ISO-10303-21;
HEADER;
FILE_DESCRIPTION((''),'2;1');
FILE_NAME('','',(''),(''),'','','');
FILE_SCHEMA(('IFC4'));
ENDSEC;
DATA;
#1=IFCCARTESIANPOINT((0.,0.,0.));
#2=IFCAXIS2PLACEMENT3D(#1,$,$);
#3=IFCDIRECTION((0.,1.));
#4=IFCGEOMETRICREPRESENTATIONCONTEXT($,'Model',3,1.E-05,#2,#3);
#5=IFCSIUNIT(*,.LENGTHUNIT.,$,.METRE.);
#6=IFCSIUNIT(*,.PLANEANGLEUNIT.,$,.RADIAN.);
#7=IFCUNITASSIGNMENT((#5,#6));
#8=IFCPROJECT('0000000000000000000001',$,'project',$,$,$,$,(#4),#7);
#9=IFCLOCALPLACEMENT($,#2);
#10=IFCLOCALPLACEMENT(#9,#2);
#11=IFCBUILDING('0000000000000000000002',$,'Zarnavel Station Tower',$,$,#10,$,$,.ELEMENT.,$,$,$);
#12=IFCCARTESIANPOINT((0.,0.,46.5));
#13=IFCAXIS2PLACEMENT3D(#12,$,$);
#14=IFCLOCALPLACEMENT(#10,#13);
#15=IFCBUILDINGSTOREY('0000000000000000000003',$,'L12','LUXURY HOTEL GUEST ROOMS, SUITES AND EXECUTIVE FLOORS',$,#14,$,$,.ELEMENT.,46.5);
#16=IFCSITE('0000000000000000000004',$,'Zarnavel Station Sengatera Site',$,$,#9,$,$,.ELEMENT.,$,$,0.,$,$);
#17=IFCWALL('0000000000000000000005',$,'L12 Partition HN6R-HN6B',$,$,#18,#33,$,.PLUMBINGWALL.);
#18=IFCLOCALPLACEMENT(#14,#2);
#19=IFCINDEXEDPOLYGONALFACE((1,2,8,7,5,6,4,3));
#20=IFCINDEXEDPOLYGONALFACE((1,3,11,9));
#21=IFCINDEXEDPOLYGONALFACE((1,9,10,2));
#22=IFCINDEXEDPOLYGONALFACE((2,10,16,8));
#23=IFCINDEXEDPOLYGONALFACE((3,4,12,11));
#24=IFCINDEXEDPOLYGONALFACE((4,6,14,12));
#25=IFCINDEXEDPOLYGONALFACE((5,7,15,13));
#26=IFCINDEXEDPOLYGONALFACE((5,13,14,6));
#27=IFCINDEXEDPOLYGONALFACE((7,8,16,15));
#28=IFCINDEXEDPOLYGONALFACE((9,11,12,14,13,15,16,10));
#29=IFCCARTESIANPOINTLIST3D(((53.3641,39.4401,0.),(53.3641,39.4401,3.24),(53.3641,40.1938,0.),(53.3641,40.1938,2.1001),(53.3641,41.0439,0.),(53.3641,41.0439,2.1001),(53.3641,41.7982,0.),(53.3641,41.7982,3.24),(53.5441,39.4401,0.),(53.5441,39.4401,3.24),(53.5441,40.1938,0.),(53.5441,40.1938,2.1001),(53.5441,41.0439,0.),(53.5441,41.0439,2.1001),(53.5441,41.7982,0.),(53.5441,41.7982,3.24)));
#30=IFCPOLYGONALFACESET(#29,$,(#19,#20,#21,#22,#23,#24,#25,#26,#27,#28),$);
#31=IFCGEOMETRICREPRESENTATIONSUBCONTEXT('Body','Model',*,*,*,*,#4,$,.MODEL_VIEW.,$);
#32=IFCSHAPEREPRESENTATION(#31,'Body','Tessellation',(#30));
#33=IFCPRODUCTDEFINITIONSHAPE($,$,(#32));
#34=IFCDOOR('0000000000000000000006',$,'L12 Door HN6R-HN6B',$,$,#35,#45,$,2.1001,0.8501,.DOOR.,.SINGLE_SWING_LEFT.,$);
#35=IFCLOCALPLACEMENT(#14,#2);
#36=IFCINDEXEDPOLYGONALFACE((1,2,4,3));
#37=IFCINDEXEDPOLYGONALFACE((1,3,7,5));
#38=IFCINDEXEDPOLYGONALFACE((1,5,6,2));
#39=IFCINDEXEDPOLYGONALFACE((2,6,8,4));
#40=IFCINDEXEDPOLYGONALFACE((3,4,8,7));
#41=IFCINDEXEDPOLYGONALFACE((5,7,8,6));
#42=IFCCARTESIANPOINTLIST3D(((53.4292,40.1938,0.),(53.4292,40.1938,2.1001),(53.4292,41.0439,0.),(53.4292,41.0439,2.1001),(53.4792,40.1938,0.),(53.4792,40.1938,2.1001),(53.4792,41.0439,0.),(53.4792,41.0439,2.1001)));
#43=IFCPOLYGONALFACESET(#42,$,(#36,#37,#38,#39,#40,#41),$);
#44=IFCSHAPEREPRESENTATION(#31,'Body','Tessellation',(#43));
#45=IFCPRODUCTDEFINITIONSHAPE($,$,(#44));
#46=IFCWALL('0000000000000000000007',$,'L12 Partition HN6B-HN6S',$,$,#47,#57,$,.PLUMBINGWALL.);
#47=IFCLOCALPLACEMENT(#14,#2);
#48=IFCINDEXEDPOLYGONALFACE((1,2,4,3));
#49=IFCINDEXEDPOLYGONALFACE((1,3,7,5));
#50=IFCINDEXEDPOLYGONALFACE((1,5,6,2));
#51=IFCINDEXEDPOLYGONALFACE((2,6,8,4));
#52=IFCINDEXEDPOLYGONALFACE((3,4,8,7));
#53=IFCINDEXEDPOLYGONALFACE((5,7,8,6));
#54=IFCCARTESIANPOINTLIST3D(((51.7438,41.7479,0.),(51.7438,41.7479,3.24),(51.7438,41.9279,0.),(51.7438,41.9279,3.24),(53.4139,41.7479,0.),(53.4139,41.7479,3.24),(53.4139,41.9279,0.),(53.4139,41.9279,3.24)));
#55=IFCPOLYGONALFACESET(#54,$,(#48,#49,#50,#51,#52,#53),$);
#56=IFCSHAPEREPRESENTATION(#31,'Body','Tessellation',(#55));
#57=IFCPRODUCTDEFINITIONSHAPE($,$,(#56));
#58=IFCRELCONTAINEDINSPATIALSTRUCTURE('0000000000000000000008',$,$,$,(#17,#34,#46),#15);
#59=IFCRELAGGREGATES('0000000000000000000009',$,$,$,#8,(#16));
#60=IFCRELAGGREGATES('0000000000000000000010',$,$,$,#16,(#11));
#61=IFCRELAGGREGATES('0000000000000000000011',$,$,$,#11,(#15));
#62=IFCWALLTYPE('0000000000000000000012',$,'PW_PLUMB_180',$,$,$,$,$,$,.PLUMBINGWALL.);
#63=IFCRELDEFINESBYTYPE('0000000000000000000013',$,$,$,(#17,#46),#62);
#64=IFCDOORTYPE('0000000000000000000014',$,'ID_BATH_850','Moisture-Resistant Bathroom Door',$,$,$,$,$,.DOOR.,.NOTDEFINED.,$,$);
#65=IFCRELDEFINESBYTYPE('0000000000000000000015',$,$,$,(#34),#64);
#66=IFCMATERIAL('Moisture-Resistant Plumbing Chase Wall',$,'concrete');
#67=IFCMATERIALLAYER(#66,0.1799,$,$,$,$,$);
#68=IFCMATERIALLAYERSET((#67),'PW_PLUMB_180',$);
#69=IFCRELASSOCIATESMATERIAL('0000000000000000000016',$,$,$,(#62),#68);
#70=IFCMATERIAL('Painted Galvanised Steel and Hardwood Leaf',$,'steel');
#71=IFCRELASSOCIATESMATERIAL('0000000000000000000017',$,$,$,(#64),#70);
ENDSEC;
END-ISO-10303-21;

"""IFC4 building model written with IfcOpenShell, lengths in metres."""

from ifc_helpers import new_model, si_unit, direction, frame, frame_2d, origin, place, context, subcontext, project, spatial, rectangle, extrude, material, layer, layer_set, type_object, element, fill, save


model = new_model("IFC4")

# Units and contexts
model_context = context("Model", 3, precision=1e-05, world=origin(), true_north=direction((0.0, 1.0)))
body_context = subcontext(model_context, "Body", "Model", "MODEL_VIEW")
ifc_project = project(units=[si_unit("LENGTHUNIT", "METRE"), si_unit("PLANEANGLEUNIT", "RADIAN")], contexts=[model_context])

# Site, building, storey
site_placement = place(None, origin())
site = spatial("IfcSite", under=ifc_project, at=site_placement, Name="Zarnavel Station Sengatera Site", CompositionType="ELEMENT", RefElevation=0.0)
building_placement = place(site_placement, origin())
building = spatial("IfcBuilding", under=site, at=building_placement, Name="Zarnavel Station Tower", CompositionType="ELEMENT")
storey_placement = place(building_placement, frame((0.0, 0.0, 46.5)))
storey = spatial("IfcBuildingStorey", under=building, at=storey_placement, Name="L12", Description="LUXURY HOTEL GUEST ROOMS, SUITES AND EXECUTIVE FLOORS", CompositionType="ELEMENT", Elevation=46.5)

# Shared definitions
ifc_material_1 = material(Name="Moisture-Resistant Plumbing Chase Wall", Category="concrete")
ifc_layer_1 = layer(ifc_material_1, 0.1799)
ifc_layer_set_1 = layer_set([ifc_layer_1], Name="PW_PLUMB_180")
wall_type_1 = type_object("IfcWallType", Name="PW_PLUMB_180", PredefinedType="PLUMBINGWALL", material=ifc_layer_set_1)

# Shared definitions
ifc_material_2 = material(Name="Painted Galvanised Steel and Hardwood Leaf", Category="steel")
door_type_1 = type_object("IfcDoorType", Name="ID_BATH_850", Description="Moisture-Resistant Bathroom Door", OperationType="NOTDEFINED", PredefinedType="DOOR", material=ifc_material_2)

# Wall, opening, door
wall_1_placement = place(storey_placement, frame((53.4541, 39.4399, 0.0), z_axis=(0.0, 0.0, 1.0), x_axis=(0.0, 1.0, 0.0)))
wall_1 = element("IfcWall", 1, at=wall_1_placement, inside=storey, type_object=wall_type_1, Name="L12 Partition HN6R-HN6B", PredefinedType="PLUMBINGWALL", context=body_context, shape_type="SweptSolid", body=[
    extrude(rectangle(XDim=2.3582, YDim=0.1799, at=frame_2d((1.1792, 0.0))), origin(), (0.0, 0.0, 1.0), 3.24),
])
opening_1_placement = place(wall_1_placement, frame((0.7539, 0.0, 0.0)))
opening_1 = element("IfcOpeningElement", 2, at=opening_1_placement, cuts=wall_1, PredefinedType="OPENING", context=body_context, shape_type="SweptSolid", body=[
    extrude(rectangle(XDim=0.8501, YDim=2.1001, at=frame_2d((0.425, 1.05))), frame((0.0, 0.0999, 0.0), z_axis=(0.0, -1.0, 0.0), x_axis=(1.0, 0.0, 0.0)), (0.0, 0.0, 1.0), 0.2),
])
door_1_placement = place(opening_1_placement, origin())
door_1 = element("IfcDoor", 3, at=door_1_placement, inside=storey, type_object=door_type_1, Name="L12 Door HN6R-HN6B", OperationType="SINGLE_SWING_LEFT", OverallHeight=2.1001, OverallWidth=0.8501, PredefinedType="DOOR", context=body_context, shape_type="SweptSolid", body=[
    extrude(rectangle(XDim=0.8501, YDim=2.1001, at=frame_2d((0.425, 1.05))), frame((0.0, 0.0249, 0.0), z_axis=(0.0, -1.0, 0.0), x_axis=(1.0, 0.0, 0.0)), (0.0, 0.0, 1.0), 0.05),
])
fill(opening_1, door_1)

# Wall
wall_2_placement = place(storey_placement, frame((51.7439, 41.8379, 0.0), z_axis=(0.0, 0.0, 1.0), x_axis=(1.0, 0.0, 0.0)))
element("IfcWall", 4, at=wall_2_placement, inside=storey, type_object=wall_type_1, Name="L12 Partition HN6B-HN6S", PredefinedType="PLUMBINGWALL", context=body_context, shape_type="SweptSolid", body=[
    extrude(rectangle(XDim=1.6702, YDim=0.1799, at=frame_2d((0.835, 0.0))), origin(), (0.0, 0.0, 1.0), 3.24),
])

save(model, "model.ifc")
